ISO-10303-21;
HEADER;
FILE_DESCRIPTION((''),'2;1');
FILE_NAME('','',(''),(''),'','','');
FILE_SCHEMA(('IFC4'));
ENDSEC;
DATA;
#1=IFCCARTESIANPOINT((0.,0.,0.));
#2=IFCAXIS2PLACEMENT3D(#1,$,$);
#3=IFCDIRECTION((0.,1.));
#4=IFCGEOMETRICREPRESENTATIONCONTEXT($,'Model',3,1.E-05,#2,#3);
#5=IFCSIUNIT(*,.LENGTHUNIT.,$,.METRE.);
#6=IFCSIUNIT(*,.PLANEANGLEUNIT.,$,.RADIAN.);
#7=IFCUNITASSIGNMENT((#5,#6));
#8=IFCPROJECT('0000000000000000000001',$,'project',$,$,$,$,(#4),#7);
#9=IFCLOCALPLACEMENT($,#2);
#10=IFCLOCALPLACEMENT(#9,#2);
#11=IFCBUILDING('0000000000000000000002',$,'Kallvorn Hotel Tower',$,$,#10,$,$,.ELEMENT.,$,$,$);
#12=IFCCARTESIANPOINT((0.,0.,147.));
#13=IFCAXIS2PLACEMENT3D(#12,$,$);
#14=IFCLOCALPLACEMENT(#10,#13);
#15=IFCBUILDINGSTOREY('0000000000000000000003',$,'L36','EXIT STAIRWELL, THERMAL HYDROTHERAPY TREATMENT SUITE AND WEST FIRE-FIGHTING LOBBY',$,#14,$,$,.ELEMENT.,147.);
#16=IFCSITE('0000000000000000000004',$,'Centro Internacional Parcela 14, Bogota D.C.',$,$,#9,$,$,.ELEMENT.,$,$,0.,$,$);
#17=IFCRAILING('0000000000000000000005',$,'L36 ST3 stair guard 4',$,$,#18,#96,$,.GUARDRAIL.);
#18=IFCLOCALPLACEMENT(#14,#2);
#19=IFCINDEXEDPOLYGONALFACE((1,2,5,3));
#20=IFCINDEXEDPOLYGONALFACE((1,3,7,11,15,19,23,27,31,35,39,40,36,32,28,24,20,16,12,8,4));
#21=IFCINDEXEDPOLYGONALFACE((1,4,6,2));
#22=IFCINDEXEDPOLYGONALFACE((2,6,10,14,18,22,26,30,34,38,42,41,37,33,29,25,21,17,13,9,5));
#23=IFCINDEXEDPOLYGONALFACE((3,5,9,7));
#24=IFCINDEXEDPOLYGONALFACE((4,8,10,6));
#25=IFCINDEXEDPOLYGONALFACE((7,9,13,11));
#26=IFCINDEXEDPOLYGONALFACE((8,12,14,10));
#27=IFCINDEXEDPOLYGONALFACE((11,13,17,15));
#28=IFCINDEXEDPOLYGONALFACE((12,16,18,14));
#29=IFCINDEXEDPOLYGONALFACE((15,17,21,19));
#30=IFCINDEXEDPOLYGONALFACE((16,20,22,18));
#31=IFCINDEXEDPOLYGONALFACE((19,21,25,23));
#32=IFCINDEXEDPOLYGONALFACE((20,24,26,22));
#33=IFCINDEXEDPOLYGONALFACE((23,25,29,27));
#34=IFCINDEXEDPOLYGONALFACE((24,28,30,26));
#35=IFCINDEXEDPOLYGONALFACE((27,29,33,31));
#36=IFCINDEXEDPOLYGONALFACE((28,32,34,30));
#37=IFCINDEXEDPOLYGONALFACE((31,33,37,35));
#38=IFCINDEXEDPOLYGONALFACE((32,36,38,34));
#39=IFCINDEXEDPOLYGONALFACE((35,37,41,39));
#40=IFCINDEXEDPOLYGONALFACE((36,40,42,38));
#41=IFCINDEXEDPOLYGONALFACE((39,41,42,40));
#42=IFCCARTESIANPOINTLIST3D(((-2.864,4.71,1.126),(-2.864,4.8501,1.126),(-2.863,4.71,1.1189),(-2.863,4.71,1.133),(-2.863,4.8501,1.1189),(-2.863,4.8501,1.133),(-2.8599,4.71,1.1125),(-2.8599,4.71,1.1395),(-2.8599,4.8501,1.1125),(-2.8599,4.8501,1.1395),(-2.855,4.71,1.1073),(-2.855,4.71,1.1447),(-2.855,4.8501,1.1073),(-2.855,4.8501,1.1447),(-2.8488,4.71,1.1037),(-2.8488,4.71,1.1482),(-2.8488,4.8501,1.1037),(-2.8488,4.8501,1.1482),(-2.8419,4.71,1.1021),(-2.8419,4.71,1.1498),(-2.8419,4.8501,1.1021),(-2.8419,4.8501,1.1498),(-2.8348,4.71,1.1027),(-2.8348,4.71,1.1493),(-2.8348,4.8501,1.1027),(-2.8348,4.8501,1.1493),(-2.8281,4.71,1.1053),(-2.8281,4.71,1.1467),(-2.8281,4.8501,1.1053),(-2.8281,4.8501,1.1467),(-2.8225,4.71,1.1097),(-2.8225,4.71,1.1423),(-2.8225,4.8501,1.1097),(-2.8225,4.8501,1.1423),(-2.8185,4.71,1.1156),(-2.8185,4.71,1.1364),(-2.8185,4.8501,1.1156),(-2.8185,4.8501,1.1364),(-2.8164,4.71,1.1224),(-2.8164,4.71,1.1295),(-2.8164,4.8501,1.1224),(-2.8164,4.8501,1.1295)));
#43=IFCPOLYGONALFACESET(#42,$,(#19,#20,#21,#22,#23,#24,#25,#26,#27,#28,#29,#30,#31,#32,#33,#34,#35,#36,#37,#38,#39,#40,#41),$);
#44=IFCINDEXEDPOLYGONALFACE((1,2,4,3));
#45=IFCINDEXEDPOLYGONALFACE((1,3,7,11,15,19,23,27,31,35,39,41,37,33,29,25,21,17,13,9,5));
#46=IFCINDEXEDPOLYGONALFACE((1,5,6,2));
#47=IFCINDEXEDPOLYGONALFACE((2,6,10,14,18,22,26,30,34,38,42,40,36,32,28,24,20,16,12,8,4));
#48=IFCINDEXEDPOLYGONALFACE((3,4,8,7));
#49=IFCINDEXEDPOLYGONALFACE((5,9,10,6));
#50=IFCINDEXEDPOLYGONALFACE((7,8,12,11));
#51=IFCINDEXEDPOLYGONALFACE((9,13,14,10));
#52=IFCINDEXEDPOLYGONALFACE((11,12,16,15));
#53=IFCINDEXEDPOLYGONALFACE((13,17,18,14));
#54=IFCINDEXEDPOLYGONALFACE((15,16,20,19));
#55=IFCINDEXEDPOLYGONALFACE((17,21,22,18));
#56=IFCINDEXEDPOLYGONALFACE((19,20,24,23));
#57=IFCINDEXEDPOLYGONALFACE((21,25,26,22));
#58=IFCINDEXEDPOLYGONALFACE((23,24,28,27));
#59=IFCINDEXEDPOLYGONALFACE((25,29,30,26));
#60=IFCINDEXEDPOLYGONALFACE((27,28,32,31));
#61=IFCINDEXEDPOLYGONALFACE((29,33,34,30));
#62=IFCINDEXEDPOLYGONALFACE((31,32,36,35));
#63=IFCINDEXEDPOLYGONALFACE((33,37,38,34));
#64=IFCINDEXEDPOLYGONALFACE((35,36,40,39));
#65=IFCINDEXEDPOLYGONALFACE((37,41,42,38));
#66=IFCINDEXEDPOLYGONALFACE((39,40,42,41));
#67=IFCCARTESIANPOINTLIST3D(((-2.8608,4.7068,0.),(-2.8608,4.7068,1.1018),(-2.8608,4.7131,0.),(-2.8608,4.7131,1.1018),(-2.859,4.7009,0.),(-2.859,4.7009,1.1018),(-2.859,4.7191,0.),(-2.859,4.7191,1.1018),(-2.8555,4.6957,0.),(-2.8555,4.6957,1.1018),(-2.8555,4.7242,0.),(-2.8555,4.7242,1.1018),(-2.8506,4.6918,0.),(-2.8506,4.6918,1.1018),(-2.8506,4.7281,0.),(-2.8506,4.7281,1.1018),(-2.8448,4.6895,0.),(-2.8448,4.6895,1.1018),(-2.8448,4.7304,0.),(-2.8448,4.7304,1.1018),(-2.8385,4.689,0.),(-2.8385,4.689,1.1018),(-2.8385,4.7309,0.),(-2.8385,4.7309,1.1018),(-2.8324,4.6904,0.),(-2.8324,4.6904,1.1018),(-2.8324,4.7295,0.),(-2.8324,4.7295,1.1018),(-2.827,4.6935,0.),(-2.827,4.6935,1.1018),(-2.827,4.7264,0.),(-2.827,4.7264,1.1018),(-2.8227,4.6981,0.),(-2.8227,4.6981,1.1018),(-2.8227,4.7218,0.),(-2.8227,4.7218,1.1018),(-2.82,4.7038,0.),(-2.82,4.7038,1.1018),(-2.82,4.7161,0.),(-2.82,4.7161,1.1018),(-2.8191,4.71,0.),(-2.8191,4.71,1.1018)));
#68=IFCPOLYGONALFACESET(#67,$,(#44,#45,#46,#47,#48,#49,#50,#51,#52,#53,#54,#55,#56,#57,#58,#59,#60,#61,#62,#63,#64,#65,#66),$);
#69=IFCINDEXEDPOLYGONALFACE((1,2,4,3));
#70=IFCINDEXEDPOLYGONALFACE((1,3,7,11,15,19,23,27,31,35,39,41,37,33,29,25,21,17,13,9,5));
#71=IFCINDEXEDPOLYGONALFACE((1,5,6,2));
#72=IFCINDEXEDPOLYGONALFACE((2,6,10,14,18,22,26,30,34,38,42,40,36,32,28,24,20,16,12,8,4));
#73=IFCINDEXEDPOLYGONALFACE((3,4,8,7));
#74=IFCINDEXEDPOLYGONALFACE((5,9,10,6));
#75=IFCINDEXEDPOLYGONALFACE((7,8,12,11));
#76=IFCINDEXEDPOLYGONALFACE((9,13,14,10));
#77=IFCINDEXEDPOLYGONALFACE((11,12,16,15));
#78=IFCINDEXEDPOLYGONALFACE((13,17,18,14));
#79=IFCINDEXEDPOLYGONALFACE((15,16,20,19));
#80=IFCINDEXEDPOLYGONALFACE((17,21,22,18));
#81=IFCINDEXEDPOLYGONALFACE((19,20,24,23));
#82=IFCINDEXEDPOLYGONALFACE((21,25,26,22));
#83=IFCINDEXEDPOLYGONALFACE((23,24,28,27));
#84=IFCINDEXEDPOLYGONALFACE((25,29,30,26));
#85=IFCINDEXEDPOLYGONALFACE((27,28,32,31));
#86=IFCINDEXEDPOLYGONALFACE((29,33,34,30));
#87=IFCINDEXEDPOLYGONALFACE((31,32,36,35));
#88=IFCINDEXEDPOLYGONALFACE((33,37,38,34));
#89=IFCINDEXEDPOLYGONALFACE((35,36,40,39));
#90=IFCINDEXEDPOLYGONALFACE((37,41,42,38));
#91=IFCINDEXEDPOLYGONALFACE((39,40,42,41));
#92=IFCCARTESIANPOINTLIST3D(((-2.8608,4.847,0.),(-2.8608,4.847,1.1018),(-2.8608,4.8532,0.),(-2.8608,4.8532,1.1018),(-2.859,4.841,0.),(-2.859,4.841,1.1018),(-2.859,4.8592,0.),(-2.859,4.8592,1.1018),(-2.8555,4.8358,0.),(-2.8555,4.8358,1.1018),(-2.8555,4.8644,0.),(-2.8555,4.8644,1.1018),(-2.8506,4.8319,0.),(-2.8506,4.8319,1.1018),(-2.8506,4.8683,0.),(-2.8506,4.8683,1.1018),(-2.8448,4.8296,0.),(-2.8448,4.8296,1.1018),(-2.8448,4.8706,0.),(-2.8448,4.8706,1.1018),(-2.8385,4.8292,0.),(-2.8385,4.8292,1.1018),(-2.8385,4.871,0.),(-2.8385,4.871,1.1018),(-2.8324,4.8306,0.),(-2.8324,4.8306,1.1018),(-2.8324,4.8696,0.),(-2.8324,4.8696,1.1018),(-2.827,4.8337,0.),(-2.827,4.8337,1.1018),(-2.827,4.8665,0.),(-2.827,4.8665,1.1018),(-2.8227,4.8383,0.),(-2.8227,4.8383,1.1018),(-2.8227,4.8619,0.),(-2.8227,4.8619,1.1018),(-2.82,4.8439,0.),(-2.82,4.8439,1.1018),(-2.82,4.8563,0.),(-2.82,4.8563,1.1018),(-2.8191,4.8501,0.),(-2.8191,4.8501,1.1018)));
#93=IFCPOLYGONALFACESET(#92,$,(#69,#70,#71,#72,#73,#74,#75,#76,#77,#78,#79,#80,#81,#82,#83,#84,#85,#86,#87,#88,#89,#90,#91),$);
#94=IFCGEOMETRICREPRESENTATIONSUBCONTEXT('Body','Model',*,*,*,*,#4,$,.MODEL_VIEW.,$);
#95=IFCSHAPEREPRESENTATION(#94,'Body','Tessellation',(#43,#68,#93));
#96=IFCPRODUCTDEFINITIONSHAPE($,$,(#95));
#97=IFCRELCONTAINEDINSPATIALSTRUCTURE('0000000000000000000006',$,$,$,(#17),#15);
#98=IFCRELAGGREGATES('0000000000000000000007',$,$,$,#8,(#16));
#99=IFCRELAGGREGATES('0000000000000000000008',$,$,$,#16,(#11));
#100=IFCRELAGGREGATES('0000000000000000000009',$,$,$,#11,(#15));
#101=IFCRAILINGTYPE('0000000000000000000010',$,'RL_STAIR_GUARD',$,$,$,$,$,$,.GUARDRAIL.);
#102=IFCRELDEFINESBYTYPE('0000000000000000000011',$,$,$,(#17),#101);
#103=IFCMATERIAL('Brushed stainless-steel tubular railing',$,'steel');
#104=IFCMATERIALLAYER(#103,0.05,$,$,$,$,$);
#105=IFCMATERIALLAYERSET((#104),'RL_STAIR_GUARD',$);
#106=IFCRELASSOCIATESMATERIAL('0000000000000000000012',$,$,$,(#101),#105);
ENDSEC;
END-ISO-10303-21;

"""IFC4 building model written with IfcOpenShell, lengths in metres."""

from ifc_helpers import new_model, si_unit, direction, frame, origin, origin_2d, place, context, subcontext, project, spatial, circle, extrude, material, layer, layer_set, type_object, element, save


model = new_model("IFC4")

# Units and contexts
model_context = context("Model", 3, precision=1e-05, world=origin(), true_north=direction((0.0, 1.0)))
body_context = subcontext(model_context, "Body", "Model", "MODEL_VIEW")
ifc_project = project(units=[si_unit("LENGTHUNIT", "METRE"), si_unit("PLANEANGLEUNIT", "RADIAN")], contexts=[model_context])

# Site, building, storey
site_placement = place(None, origin())
site = spatial("IfcSite", under=ifc_project, at=site_placement, Name="Centro Internacional Parcela 14, Bogota D.C.", CompositionType="ELEMENT", RefElevation=0.0)
building_placement = place(site_placement, origin())
building = spatial("IfcBuilding", under=site, at=building_placement, Name="Kallvorn Hotel Tower", CompositionType="ELEMENT")
storey_placement = place(building_placement, frame((0.0, 0.0, 147.0)))
storey = spatial("IfcBuildingStorey", under=building, at=storey_placement, Name="L36", Description="EXIT STAIRWELL, THERMAL HYDROTHERAPY TREATMENT SUITE AND WEST FIRE-FIGHTING LOBBY", CompositionType="ELEMENT", Elevation=147.0)

# Railing
ifc_material_1 = material(Name="Brushed stainless-steel tubular railing", Category="steel")
ifc_layer_1 = layer(ifc_material_1, 0.05)
ifc_layer_set_1 = layer_set([ifc_layer_1], Name="RL_STAIR_GUARD")
railing_type_1 = type_object("IfcRailingType", Name="RL_STAIR_GUARD", PredefinedType="GUARDRAIL", material=ifc_layer_set_1)
railing_1_placement = place(storey_placement, frame((-2.8401, 4.71, 0.0)))
element("IfcRailing", 1, at=railing_1_placement, inside=storey, type_object=railing_type_1, Name="L36 ST3 stair guard 4", PredefinedType="GUARDRAIL", context=body_context, shape_type="SweptSolid", body=[
    extrude(circle(Radius=0.0239, at=origin_2d()), frame((0.0, 0.0, 1.126), z_axis=(0.0, 1.0, 0.0), x_axis=(-1.0, 0.0, 0.0)), (0.0, 0.0, 1.0), 0.1401),
    extrude(circle(Radius=0.021, at=origin_2d()), origin(), (0.0, 0.0, 1.0), 1.1018),
    extrude(circle(Radius=0.021, at=origin_2d()), frame((0.0, 0.1401, 0.0)), (0.0, 0.0, 1.0), 1.1018),
])

save(model, "model.ifc")
